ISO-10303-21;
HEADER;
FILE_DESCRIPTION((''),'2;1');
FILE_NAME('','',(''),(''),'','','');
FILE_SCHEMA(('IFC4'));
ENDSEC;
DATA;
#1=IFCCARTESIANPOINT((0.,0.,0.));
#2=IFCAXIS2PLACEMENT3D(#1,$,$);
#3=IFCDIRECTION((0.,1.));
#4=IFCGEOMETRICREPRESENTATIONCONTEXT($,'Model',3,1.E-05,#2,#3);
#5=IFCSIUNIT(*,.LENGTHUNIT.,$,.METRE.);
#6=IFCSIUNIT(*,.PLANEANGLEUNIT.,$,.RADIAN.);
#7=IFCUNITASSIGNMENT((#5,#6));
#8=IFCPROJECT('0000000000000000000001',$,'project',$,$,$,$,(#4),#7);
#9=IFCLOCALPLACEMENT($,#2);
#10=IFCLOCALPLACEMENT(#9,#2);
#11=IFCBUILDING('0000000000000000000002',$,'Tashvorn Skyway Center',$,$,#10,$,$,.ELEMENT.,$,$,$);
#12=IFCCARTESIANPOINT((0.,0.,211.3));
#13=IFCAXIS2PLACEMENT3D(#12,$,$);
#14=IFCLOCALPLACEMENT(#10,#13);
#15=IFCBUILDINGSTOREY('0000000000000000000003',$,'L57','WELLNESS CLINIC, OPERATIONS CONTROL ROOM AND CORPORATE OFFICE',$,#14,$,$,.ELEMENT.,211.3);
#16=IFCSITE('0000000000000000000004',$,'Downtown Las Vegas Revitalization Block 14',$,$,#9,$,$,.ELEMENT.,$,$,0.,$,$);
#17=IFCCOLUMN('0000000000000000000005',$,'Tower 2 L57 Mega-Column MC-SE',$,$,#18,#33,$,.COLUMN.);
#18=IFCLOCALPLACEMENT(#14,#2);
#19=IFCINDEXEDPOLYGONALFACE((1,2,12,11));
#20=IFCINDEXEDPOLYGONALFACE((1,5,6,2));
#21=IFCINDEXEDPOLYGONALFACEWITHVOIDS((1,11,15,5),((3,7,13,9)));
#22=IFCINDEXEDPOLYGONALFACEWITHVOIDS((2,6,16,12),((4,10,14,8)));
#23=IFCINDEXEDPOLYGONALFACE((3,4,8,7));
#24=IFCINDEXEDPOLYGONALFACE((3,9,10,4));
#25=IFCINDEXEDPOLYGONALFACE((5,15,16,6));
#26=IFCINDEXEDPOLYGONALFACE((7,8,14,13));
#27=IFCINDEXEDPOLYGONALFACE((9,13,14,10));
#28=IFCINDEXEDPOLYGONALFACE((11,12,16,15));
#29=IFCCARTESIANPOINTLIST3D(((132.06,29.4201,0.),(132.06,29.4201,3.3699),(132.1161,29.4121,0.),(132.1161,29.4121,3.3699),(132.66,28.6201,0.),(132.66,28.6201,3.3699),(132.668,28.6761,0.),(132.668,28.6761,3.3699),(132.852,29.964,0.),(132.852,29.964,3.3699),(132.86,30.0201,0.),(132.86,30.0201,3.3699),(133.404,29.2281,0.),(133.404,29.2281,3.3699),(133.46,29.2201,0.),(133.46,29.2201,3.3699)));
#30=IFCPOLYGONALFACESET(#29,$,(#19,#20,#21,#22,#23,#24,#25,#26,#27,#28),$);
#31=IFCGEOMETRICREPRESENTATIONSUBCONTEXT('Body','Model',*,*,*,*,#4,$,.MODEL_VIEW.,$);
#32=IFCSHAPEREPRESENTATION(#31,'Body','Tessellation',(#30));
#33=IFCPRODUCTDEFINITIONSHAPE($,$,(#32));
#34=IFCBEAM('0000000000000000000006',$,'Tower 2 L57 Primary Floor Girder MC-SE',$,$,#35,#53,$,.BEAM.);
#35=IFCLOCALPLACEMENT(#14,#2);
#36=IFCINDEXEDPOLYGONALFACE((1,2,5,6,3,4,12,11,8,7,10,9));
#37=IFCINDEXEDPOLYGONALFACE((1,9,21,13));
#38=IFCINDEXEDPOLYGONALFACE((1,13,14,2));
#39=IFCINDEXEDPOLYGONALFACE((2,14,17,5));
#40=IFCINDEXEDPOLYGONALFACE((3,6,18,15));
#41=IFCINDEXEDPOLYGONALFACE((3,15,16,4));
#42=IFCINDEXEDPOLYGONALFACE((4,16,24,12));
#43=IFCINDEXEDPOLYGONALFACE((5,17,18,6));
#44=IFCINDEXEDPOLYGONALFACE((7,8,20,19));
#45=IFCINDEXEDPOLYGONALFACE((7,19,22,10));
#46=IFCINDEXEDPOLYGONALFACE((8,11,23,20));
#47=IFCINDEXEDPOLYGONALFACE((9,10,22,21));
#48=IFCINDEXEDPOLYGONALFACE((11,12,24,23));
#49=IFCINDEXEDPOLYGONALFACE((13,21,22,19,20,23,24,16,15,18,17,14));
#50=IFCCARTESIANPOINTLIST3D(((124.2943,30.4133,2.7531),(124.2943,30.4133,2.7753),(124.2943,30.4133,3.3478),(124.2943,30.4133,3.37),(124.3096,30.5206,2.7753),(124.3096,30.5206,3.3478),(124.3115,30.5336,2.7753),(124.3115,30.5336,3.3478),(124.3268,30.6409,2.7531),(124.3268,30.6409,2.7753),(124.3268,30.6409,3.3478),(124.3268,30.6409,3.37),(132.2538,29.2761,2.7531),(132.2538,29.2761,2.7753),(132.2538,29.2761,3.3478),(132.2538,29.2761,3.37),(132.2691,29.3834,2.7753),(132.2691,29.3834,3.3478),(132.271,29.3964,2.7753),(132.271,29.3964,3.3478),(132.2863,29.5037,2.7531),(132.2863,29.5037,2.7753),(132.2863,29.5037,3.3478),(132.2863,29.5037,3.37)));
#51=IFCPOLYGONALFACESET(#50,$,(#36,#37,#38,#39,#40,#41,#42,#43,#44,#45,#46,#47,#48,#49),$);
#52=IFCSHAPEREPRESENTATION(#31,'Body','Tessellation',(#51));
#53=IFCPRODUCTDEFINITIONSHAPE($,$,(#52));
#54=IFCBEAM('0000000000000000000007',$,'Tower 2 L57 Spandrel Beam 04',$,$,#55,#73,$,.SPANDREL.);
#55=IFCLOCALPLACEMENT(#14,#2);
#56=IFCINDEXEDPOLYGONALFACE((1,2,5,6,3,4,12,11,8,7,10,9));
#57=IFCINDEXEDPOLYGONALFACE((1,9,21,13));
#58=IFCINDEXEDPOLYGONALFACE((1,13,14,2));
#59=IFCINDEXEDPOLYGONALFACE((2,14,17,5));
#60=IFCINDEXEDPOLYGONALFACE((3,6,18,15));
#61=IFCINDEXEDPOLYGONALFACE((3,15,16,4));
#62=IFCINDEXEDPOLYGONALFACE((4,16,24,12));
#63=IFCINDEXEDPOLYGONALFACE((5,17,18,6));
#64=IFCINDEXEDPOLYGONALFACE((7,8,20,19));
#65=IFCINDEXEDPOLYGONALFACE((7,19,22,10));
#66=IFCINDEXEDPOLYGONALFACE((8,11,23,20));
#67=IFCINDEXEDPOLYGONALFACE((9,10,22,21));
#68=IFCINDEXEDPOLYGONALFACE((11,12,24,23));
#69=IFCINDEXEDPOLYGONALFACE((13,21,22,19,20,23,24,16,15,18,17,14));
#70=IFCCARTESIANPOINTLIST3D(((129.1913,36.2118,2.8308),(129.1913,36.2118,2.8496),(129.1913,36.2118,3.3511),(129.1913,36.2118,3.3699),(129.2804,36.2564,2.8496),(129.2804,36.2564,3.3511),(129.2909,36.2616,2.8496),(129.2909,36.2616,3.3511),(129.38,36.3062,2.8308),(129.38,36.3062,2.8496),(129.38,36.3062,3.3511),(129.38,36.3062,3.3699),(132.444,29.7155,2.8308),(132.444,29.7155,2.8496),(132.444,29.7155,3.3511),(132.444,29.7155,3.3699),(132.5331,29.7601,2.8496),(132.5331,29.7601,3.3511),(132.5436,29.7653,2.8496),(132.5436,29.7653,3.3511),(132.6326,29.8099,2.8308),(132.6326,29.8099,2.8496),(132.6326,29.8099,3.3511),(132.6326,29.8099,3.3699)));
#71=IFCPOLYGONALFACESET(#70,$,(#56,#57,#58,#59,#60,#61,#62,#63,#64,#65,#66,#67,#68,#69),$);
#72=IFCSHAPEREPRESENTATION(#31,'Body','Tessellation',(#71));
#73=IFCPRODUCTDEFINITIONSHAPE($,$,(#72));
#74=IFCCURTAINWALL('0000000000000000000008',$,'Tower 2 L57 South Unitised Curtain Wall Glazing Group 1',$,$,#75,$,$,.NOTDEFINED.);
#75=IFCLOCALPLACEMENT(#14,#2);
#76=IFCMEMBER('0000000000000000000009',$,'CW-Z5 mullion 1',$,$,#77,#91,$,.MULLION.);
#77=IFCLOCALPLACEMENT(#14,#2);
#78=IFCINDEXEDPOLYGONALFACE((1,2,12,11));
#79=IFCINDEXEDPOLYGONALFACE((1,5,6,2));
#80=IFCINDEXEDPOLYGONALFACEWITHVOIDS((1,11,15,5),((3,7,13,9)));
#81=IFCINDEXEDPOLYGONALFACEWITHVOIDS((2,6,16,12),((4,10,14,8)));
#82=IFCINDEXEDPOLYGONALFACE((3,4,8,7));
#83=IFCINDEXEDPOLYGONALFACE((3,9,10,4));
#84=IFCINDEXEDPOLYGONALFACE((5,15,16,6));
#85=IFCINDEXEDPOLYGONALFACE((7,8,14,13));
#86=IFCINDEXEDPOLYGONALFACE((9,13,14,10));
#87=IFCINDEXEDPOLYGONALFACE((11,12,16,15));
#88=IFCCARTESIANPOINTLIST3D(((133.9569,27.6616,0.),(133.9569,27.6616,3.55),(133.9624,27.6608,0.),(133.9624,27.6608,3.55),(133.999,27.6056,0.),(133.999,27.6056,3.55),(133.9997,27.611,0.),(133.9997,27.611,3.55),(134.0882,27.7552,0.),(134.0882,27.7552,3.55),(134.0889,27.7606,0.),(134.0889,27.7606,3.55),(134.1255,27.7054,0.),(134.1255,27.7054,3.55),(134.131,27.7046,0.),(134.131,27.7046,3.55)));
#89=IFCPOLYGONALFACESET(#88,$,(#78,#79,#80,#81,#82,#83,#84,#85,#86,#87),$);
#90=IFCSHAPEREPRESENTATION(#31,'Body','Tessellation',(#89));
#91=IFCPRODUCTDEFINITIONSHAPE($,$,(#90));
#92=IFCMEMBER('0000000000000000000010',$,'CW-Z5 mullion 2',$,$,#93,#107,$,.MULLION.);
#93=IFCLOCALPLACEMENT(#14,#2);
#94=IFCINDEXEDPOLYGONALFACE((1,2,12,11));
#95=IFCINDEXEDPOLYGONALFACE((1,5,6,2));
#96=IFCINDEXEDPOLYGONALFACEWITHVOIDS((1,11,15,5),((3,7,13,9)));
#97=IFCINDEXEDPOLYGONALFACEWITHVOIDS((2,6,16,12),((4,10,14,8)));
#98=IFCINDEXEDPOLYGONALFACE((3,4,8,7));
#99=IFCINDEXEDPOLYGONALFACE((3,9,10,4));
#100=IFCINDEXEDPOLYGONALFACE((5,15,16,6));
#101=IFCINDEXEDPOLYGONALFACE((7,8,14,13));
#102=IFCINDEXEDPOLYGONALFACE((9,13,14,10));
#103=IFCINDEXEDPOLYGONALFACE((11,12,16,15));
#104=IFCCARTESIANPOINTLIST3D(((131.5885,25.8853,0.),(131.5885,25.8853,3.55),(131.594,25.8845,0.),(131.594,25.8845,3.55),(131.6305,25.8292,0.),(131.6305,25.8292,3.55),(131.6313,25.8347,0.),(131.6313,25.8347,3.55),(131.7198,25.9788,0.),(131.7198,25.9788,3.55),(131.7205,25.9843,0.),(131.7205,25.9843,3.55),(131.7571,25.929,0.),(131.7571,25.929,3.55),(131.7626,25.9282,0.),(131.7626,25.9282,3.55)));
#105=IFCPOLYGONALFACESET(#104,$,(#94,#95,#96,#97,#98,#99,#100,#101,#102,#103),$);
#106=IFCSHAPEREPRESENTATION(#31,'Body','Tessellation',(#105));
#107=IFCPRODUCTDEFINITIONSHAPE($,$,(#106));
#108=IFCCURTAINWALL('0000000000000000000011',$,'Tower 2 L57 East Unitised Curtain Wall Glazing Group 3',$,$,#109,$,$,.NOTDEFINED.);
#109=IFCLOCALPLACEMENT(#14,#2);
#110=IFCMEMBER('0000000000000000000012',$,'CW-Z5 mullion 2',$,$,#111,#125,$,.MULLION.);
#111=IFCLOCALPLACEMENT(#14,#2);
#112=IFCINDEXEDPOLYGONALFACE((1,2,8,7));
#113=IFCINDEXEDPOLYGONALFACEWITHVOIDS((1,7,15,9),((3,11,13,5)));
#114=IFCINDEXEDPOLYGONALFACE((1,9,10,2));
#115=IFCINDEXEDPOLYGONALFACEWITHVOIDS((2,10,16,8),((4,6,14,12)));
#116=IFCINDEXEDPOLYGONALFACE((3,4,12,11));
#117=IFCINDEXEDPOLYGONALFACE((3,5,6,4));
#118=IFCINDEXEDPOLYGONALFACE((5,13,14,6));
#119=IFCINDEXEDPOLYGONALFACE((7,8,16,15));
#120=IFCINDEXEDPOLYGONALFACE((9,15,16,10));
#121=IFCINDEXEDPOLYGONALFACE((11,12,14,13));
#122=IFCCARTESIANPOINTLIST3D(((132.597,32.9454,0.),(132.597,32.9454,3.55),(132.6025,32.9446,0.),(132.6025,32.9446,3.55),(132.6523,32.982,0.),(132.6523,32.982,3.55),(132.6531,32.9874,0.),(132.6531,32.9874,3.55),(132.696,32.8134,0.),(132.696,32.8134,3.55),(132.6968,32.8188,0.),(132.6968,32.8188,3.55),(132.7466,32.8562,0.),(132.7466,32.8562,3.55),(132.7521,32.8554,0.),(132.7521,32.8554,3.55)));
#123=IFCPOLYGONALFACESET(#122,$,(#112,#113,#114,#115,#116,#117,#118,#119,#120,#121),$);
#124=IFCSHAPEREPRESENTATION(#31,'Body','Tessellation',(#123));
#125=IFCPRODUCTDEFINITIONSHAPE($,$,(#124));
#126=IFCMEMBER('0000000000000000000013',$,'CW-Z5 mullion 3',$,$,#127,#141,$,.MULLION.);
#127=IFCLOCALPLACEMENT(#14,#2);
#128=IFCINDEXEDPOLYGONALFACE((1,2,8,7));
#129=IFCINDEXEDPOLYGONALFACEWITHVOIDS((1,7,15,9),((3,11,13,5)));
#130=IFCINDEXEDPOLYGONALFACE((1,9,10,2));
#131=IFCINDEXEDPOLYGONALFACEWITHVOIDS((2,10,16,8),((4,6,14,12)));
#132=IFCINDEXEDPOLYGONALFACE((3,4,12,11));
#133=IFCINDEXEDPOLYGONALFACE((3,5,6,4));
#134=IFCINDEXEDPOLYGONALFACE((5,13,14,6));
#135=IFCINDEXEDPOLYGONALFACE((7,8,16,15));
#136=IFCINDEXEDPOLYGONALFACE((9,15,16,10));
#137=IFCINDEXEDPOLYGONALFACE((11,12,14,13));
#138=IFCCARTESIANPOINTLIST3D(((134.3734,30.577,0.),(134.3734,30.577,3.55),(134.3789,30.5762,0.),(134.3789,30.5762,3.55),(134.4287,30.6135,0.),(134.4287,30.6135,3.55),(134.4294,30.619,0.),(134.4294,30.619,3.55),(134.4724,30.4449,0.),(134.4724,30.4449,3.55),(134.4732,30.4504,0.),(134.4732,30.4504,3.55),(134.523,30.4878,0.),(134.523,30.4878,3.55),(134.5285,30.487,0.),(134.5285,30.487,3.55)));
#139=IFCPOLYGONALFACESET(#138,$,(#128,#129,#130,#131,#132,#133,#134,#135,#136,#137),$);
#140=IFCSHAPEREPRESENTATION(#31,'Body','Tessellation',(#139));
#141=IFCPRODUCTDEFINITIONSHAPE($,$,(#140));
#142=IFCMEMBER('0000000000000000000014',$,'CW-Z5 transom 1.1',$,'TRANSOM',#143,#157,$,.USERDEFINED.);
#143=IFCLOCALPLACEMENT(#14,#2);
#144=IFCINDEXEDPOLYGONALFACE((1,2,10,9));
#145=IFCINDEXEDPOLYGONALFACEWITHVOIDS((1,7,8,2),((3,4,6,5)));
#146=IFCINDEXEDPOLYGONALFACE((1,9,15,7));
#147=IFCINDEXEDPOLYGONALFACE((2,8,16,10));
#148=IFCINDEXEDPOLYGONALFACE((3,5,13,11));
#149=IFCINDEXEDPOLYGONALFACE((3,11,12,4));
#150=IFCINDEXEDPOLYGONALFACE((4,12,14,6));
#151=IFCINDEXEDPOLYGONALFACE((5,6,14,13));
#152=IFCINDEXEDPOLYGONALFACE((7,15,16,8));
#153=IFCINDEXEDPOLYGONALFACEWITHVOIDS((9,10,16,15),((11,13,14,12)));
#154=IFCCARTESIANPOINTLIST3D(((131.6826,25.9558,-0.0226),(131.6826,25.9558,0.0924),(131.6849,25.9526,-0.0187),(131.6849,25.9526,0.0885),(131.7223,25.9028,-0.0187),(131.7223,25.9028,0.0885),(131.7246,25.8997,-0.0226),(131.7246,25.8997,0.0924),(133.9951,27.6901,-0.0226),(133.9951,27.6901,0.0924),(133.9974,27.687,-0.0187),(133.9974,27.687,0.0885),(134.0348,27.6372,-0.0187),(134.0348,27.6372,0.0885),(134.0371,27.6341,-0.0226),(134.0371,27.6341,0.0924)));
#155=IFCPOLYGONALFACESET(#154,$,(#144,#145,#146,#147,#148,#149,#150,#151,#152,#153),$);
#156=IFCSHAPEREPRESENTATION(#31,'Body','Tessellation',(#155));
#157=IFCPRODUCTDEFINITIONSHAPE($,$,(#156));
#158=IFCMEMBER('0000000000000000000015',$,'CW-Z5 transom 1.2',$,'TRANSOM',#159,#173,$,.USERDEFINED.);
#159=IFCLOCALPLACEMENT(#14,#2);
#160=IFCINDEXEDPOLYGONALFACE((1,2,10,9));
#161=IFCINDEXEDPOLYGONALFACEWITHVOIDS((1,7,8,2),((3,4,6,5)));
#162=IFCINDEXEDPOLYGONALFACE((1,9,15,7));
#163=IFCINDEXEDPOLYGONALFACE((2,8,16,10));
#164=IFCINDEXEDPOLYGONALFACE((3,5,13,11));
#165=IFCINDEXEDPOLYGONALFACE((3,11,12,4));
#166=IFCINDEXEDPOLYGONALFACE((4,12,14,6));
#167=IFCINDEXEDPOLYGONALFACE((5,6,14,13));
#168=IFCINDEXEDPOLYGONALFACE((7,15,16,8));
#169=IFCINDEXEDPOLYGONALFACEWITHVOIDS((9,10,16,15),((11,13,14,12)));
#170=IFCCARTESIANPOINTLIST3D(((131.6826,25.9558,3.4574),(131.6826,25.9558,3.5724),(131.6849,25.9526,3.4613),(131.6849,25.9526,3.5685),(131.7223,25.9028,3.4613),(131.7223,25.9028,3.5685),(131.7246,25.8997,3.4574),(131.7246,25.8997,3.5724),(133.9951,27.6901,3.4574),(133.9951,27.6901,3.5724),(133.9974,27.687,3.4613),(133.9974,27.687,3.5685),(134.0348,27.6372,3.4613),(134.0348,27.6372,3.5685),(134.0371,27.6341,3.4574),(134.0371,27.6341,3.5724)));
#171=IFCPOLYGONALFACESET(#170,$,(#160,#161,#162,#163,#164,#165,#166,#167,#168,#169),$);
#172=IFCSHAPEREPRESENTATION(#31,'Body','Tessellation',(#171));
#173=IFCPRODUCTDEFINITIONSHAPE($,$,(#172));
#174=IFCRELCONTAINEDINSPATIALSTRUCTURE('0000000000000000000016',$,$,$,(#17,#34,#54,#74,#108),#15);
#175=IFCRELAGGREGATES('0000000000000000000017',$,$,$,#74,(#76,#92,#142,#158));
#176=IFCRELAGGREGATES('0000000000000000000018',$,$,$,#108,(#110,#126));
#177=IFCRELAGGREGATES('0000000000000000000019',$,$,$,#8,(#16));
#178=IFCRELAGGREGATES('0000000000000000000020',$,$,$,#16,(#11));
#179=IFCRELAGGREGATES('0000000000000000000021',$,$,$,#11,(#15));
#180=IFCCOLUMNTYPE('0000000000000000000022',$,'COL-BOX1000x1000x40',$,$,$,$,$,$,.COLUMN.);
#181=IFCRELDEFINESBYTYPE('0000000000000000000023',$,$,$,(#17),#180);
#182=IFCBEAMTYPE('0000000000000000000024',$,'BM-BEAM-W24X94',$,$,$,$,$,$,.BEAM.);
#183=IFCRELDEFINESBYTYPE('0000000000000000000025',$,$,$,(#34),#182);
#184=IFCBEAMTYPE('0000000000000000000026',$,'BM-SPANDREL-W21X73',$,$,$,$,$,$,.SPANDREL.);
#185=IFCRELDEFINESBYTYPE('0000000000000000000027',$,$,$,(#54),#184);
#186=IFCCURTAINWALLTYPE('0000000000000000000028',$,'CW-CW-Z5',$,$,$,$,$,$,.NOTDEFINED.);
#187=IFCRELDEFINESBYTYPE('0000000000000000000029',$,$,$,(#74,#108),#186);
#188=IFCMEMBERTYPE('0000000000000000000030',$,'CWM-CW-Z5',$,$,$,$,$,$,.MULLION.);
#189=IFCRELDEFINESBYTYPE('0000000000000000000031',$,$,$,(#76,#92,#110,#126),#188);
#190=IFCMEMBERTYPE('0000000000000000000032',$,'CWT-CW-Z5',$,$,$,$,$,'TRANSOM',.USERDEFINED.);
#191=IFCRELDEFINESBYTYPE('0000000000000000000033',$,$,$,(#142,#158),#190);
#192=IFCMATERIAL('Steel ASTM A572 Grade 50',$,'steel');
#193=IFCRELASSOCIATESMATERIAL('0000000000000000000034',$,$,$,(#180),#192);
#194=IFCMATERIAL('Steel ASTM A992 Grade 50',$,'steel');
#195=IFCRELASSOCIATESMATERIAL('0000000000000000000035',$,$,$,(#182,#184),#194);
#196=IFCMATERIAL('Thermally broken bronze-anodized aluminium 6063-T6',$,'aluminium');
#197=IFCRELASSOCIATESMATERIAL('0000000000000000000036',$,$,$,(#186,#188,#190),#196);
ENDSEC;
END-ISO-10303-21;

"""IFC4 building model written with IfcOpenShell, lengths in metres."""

from ifc_helpers import new_model, si_unit, direction, frame, origin, origin_2d, place, context, subcontext, project, spatial, hollow_rectangle, i_section, extrude, material, material_profile, profile_set, type_object, element, aggregate, save


model = new_model("IFC4")

# Units and contexts
model_context = context("Model", 3, precision=1e-05, world=origin(), true_north=direction((0.0, 1.0)))
body_context = subcontext(model_context, "Body", "Model", "MODEL_VIEW")
ifc_project = project(units=[si_unit("LENGTHUNIT", "METRE"), si_unit("PLANEANGLEUNIT", "RADIAN")], contexts=[model_context])

# Site, building, storey
site_placement = place(None, origin())
site = spatial("IfcSite", under=ifc_project, at=site_placement, Name="Downtown Las Vegas Revitalization Block 14", CompositionType="ELEMENT", RefElevation=0.0)
building_placement = place(site_placement, origin())
building = spatial("IfcBuilding", under=site, at=building_placement, Name="Tashvorn Skyway Center", CompositionType="ELEMENT")
storey_placement = place(building_placement, frame((0.0, 0.0, 211.3)))
storey = spatial("IfcBuildingStorey", under=building, at=storey_placement, Name="L57", Description="WELLNESS CLINIC, OPERATIONS CONTROL ROOM AND CORPORATE OFFICE", CompositionType="ELEMENT", Elevation=211.3)

# Column
ifc_material_1 = material(Name="Steel ASTM A572 Grade 50", Category="steel")
ifc_material_profile_1 = material_profile(ifc_material_1, hollow_rectangle(XDim=1.0, YDim=1.0, WallThickness=0.04, at=origin_2d()), Name="BOX1000x1000x40")
ifc_profile_set_1 = profile_set([ifc_material_profile_1], Name="Steel ASTM A572 Grade 50")
column_type = type_object("IfcColumnType", Name="COL-BOX1000x1000x40", PredefinedType="COLUMN", material=ifc_profile_set_1)
column_placement = place(storey_placement, frame((132.76, 29.3201, 0.0), z_axis=(0.0, 0.0, 1.0), x_axis=(0.8, 0.6, 0.0)))
element("IfcColumn", 1, at=column_placement, inside=storey, type_object=column_type, Name="Tower 2 L57 Mega-Column MC-SE", PredefinedType="COLUMN", context=body_context, shape_type="SweptSolid", body=[
    extrude(hollow_rectangle(XDim=1.0, YDim=1.0, WallThickness=0.04, at=origin_2d()), origin(), (0.0, 0.0, 1.0), 3.3699),
])

# Beams
ifc_material_2 = material(Name="Steel ASTM A992 Grade 50", Category="steel")
ifc_material_profile_2 = material_profile(ifc_material_2, i_section(OverallWidth=0.23, OverallDepth=0.6169, WebThickness=0.0132, FlangeThickness=0.0222, at=origin_2d()), Name="W24X94")
ifc_profile_set_2 = profile_set([ifc_material_profile_2], Name="Steel ASTM A992 Grade 50")
beam_type_1 = type_object("IfcBeamType", Name="BM-BEAM-W24X94", PredefinedType="BEAM", material=ifc_profile_set_2)
beam_1_placement = place(storey_placement, frame((132.27, 29.3899, 3.0615), z_axis=(-0.989947, 0.141438, 0.0), x_axis=(-0.141438, -0.989947, 0.0)))
element("IfcBeam", 2, at=beam_1_placement, inside=storey, type_object=beam_type_1, Name="Tower 2 L57 Primary Floor Girder MC-SE", PredefinedType="BEAM", context=body_context, shape_type="SweptSolid", body=[
    extrude(i_section(OverallWidth=0.23, OverallDepth=0.6169, WebThickness=0.0132, FlangeThickness=0.0222, at=origin_2d()), origin(), (0.0, 0.0, 1.0), 8.0403),
])
ifc_material_profile_3 = material_profile(ifc_material_2, i_section(OverallWidth=0.2109, OverallDepth=0.5391, WebThickness=0.0117, FlangeThickness=0.0188, at=origin_2d()), Name="W21X73")
ifc_profile_set_3 = profile_set([ifc_material_profile_3], Name="Steel ASTM A992 Grade 50")
beam_type_2 = type_object("IfcBeamType", Name="BM-SPANDREL-W21X73", PredefinedType="SPANDREL", material=ifc_profile_set_3)
beam_2_placement = place(storey_placement, frame((132.5383, 29.7627, 3.1003), z_axis=(-0.447711, 0.894178, 0.0), x_axis=(-0.894178, -0.447711, 0.0)))
element("IfcBeam", 3, at=beam_2_placement, inside=storey, type_object=beam_type_2, Name="Tower 2 L57 Spandrel Beam 04", PredefinedType="SPANDREL", context=body_context, shape_type="SweptSolid", body=[
    extrude(i_section(OverallWidth=0.2109, OverallDepth=0.5391, WebThickness=0.0117, FlangeThickness=0.0188, at=origin_2d()), origin(), (0.0, 0.0, 1.0), 7.2651),
])

# Curtain walls, members
ifc_material_3 = material(Name="Thermally broken bronze-anodized aluminium 6063-T6", Category="aluminium")
curtain_wall_type = type_object("IfcCurtainWallType", Name="CW-CW-Z5", PredefinedType="NOTDEFINED", material=ifc_material_3)
curtain_wall_1_placement = place(storey_placement, origin())
curtain_wall_1 = element("IfcCurtainWall", 4, at=curtain_wall_1_placement, inside=storey, type_object=curtain_wall_type, Name="Tower 2 L57 South Unitised Curtain Wall Glazing Group 1", PredefinedType="NOTDEFINED")
ifc_material_profile_4 = material_profile(ifc_material_3, hollow_rectangle(XDim=0.0701, YDim=0.165, WallThickness=0.0039, at=origin_2d()), Name="ALU-MULL-70x165")
ifc_profile_set_4 = profile_set([ifc_material_profile_4], Name="Thermally broken bronze-anodized aluminium 6063-T6")
member_type_1 = type_object("IfcMemberType", Name="CWM-CW-Z5", PredefinedType="MULLION", material=ifc_profile_set_4)
member_1_placement = place(storey_placement, frame((134.0439, 27.6831, 0.0), z_axis=(0.0, 0.0, 1.0), x_axis=(0.600003, -0.799998, 0.0)))
member_1 = element("IfcMember", 5, at=member_1_placement, type_object=member_type_1, Name="CW-Z5 mullion 1", PredefinedType="MULLION", context=body_context, shape_type="SweptSolid", body=[
    extrude(hollow_rectangle(XDim=0.0701, YDim=0.165, WallThickness=0.0039, at=origin_2d()), origin(), (0.0, 0.0, 1.0), 3.55),
])
member_2_placement = place(storey_placement, frame((131.6755, 25.9067, 0.0), z_axis=(0.0, 0.0, 1.0), x_axis=(0.600003, -0.799998, 0.0)))
member_2 = element("IfcMember", 6, at=member_2_placement, type_object=member_type_1, Name="CW-Z5 mullion 2", PredefinedType="MULLION", context=body_context, shape_type="SweptSolid", body=[
    extrude(hollow_rectangle(XDim=0.0701, YDim=0.165, WallThickness=0.0039, at=origin_2d()), origin(), (0.0, 0.0, 1.0), 3.55),
])
curtain_wall_2_placement = place(storey_placement, origin())
curtain_wall_2 = element("IfcCurtainWall", 7, at=curtain_wall_2_placement, inside=storey, type_object=curtain_wall_type, Name="Tower 2 L57 East Unitised Curtain Wall Glazing Group 3", PredefinedType="NOTDEFINED")
member_3_placement = place(storey_placement, frame((132.6746, 32.9004, 0.0), z_axis=(0.0, 0.0, 1.0), x_axis=(0.799998, 0.600003, 0.0)))
member_3 = element("IfcMember", 8, at=member_3_placement, type_object=member_type_1, Name="CW-Z5 mullion 2", PredefinedType="MULLION", context=body_context, shape_type="SweptSolid", body=[
    extrude(hollow_rectangle(XDim=0.0701, YDim=0.165, WallThickness=0.0039, at=origin_2d()), origin(), (0.0, 0.0, 1.0), 3.55),
])
member_4_placement = place(storey_placement, frame((134.4509, 30.532, 0.0), z_axis=(0.0, 0.0, 1.0), x_axis=(0.799998, 0.600003, 0.0)))
member_4 = element("IfcMember", 9, at=member_4_placement, type_object=member_type_1, Name="CW-Z5 mullion 3", PredefinedType="MULLION", context=body_context, shape_type="SweptSolid", body=[
    extrude(hollow_rectangle(XDim=0.0701, YDim=0.165, WallThickness=0.0039, at=origin_2d()), origin(), (0.0, 0.0, 1.0), 3.55),
])

# Members
ifc_material_profile_5 = material_profile(ifc_material_3, hollow_rectangle(XDim=0.0701, YDim=0.115, WallThickness=0.0039, at=origin_2d()), Name="ALU-TRAN-70x115")
ifc_profile_set_5 = profile_set([ifc_material_profile_5], Name="Thermally broken bronze-anodized aluminium 6063-T6")
member_type_2 = type_object("IfcMemberType", Name="CWT-CW-Z5", ElementType="TRANSOM", PredefinedType="USERDEFINED", material=ifc_profile_set_5)
member_5_placement = place(storey_placement, frame((134.0161, 27.6621, 0.0349), z_axis=(-0.8, -0.6, 0.0), x_axis=(0.6, -0.8, 0.0)))
member_5 = element("IfcMember", 10, at=member_5_placement, type_object=member_type_2, Name="CW-Z5 transom 1.1", ObjectType="TRANSOM", PredefinedType="USERDEFINED", context=body_context, shape_type="SweptSolid", body=[
    extrude(hollow_rectangle(XDim=0.0701, YDim=0.115, WallThickness=0.0039, at=origin_2d()), origin(), (0.0, 0.0, 1.0), 2.8906),
])
member_6_placement = place(storey_placement, frame((134.0161, 27.6621, 3.5149), z_axis=(-0.8, -0.6, 0.0), x_axis=(0.6, -0.8, 0.0)))
member_6 = element("IfcMember", 11, at=member_6_placement, type_object=member_type_2, Name="CW-Z5 transom 1.2", ObjectType="TRANSOM", PredefinedType="USERDEFINED", context=body_context, shape_type="SweptSolid", body=[
    extrude(hollow_rectangle(XDim=0.0701, YDim=0.115, WallThickness=0.0039, at=origin_2d()), origin(), (0.0, 0.0, 1.0), 2.8906),
])

aggregate(curtain_wall_1, [member_1, member_2, member_5, member_6])
aggregate(curtain_wall_2, [member_3, member_4])

save(model, "model.ifc")
